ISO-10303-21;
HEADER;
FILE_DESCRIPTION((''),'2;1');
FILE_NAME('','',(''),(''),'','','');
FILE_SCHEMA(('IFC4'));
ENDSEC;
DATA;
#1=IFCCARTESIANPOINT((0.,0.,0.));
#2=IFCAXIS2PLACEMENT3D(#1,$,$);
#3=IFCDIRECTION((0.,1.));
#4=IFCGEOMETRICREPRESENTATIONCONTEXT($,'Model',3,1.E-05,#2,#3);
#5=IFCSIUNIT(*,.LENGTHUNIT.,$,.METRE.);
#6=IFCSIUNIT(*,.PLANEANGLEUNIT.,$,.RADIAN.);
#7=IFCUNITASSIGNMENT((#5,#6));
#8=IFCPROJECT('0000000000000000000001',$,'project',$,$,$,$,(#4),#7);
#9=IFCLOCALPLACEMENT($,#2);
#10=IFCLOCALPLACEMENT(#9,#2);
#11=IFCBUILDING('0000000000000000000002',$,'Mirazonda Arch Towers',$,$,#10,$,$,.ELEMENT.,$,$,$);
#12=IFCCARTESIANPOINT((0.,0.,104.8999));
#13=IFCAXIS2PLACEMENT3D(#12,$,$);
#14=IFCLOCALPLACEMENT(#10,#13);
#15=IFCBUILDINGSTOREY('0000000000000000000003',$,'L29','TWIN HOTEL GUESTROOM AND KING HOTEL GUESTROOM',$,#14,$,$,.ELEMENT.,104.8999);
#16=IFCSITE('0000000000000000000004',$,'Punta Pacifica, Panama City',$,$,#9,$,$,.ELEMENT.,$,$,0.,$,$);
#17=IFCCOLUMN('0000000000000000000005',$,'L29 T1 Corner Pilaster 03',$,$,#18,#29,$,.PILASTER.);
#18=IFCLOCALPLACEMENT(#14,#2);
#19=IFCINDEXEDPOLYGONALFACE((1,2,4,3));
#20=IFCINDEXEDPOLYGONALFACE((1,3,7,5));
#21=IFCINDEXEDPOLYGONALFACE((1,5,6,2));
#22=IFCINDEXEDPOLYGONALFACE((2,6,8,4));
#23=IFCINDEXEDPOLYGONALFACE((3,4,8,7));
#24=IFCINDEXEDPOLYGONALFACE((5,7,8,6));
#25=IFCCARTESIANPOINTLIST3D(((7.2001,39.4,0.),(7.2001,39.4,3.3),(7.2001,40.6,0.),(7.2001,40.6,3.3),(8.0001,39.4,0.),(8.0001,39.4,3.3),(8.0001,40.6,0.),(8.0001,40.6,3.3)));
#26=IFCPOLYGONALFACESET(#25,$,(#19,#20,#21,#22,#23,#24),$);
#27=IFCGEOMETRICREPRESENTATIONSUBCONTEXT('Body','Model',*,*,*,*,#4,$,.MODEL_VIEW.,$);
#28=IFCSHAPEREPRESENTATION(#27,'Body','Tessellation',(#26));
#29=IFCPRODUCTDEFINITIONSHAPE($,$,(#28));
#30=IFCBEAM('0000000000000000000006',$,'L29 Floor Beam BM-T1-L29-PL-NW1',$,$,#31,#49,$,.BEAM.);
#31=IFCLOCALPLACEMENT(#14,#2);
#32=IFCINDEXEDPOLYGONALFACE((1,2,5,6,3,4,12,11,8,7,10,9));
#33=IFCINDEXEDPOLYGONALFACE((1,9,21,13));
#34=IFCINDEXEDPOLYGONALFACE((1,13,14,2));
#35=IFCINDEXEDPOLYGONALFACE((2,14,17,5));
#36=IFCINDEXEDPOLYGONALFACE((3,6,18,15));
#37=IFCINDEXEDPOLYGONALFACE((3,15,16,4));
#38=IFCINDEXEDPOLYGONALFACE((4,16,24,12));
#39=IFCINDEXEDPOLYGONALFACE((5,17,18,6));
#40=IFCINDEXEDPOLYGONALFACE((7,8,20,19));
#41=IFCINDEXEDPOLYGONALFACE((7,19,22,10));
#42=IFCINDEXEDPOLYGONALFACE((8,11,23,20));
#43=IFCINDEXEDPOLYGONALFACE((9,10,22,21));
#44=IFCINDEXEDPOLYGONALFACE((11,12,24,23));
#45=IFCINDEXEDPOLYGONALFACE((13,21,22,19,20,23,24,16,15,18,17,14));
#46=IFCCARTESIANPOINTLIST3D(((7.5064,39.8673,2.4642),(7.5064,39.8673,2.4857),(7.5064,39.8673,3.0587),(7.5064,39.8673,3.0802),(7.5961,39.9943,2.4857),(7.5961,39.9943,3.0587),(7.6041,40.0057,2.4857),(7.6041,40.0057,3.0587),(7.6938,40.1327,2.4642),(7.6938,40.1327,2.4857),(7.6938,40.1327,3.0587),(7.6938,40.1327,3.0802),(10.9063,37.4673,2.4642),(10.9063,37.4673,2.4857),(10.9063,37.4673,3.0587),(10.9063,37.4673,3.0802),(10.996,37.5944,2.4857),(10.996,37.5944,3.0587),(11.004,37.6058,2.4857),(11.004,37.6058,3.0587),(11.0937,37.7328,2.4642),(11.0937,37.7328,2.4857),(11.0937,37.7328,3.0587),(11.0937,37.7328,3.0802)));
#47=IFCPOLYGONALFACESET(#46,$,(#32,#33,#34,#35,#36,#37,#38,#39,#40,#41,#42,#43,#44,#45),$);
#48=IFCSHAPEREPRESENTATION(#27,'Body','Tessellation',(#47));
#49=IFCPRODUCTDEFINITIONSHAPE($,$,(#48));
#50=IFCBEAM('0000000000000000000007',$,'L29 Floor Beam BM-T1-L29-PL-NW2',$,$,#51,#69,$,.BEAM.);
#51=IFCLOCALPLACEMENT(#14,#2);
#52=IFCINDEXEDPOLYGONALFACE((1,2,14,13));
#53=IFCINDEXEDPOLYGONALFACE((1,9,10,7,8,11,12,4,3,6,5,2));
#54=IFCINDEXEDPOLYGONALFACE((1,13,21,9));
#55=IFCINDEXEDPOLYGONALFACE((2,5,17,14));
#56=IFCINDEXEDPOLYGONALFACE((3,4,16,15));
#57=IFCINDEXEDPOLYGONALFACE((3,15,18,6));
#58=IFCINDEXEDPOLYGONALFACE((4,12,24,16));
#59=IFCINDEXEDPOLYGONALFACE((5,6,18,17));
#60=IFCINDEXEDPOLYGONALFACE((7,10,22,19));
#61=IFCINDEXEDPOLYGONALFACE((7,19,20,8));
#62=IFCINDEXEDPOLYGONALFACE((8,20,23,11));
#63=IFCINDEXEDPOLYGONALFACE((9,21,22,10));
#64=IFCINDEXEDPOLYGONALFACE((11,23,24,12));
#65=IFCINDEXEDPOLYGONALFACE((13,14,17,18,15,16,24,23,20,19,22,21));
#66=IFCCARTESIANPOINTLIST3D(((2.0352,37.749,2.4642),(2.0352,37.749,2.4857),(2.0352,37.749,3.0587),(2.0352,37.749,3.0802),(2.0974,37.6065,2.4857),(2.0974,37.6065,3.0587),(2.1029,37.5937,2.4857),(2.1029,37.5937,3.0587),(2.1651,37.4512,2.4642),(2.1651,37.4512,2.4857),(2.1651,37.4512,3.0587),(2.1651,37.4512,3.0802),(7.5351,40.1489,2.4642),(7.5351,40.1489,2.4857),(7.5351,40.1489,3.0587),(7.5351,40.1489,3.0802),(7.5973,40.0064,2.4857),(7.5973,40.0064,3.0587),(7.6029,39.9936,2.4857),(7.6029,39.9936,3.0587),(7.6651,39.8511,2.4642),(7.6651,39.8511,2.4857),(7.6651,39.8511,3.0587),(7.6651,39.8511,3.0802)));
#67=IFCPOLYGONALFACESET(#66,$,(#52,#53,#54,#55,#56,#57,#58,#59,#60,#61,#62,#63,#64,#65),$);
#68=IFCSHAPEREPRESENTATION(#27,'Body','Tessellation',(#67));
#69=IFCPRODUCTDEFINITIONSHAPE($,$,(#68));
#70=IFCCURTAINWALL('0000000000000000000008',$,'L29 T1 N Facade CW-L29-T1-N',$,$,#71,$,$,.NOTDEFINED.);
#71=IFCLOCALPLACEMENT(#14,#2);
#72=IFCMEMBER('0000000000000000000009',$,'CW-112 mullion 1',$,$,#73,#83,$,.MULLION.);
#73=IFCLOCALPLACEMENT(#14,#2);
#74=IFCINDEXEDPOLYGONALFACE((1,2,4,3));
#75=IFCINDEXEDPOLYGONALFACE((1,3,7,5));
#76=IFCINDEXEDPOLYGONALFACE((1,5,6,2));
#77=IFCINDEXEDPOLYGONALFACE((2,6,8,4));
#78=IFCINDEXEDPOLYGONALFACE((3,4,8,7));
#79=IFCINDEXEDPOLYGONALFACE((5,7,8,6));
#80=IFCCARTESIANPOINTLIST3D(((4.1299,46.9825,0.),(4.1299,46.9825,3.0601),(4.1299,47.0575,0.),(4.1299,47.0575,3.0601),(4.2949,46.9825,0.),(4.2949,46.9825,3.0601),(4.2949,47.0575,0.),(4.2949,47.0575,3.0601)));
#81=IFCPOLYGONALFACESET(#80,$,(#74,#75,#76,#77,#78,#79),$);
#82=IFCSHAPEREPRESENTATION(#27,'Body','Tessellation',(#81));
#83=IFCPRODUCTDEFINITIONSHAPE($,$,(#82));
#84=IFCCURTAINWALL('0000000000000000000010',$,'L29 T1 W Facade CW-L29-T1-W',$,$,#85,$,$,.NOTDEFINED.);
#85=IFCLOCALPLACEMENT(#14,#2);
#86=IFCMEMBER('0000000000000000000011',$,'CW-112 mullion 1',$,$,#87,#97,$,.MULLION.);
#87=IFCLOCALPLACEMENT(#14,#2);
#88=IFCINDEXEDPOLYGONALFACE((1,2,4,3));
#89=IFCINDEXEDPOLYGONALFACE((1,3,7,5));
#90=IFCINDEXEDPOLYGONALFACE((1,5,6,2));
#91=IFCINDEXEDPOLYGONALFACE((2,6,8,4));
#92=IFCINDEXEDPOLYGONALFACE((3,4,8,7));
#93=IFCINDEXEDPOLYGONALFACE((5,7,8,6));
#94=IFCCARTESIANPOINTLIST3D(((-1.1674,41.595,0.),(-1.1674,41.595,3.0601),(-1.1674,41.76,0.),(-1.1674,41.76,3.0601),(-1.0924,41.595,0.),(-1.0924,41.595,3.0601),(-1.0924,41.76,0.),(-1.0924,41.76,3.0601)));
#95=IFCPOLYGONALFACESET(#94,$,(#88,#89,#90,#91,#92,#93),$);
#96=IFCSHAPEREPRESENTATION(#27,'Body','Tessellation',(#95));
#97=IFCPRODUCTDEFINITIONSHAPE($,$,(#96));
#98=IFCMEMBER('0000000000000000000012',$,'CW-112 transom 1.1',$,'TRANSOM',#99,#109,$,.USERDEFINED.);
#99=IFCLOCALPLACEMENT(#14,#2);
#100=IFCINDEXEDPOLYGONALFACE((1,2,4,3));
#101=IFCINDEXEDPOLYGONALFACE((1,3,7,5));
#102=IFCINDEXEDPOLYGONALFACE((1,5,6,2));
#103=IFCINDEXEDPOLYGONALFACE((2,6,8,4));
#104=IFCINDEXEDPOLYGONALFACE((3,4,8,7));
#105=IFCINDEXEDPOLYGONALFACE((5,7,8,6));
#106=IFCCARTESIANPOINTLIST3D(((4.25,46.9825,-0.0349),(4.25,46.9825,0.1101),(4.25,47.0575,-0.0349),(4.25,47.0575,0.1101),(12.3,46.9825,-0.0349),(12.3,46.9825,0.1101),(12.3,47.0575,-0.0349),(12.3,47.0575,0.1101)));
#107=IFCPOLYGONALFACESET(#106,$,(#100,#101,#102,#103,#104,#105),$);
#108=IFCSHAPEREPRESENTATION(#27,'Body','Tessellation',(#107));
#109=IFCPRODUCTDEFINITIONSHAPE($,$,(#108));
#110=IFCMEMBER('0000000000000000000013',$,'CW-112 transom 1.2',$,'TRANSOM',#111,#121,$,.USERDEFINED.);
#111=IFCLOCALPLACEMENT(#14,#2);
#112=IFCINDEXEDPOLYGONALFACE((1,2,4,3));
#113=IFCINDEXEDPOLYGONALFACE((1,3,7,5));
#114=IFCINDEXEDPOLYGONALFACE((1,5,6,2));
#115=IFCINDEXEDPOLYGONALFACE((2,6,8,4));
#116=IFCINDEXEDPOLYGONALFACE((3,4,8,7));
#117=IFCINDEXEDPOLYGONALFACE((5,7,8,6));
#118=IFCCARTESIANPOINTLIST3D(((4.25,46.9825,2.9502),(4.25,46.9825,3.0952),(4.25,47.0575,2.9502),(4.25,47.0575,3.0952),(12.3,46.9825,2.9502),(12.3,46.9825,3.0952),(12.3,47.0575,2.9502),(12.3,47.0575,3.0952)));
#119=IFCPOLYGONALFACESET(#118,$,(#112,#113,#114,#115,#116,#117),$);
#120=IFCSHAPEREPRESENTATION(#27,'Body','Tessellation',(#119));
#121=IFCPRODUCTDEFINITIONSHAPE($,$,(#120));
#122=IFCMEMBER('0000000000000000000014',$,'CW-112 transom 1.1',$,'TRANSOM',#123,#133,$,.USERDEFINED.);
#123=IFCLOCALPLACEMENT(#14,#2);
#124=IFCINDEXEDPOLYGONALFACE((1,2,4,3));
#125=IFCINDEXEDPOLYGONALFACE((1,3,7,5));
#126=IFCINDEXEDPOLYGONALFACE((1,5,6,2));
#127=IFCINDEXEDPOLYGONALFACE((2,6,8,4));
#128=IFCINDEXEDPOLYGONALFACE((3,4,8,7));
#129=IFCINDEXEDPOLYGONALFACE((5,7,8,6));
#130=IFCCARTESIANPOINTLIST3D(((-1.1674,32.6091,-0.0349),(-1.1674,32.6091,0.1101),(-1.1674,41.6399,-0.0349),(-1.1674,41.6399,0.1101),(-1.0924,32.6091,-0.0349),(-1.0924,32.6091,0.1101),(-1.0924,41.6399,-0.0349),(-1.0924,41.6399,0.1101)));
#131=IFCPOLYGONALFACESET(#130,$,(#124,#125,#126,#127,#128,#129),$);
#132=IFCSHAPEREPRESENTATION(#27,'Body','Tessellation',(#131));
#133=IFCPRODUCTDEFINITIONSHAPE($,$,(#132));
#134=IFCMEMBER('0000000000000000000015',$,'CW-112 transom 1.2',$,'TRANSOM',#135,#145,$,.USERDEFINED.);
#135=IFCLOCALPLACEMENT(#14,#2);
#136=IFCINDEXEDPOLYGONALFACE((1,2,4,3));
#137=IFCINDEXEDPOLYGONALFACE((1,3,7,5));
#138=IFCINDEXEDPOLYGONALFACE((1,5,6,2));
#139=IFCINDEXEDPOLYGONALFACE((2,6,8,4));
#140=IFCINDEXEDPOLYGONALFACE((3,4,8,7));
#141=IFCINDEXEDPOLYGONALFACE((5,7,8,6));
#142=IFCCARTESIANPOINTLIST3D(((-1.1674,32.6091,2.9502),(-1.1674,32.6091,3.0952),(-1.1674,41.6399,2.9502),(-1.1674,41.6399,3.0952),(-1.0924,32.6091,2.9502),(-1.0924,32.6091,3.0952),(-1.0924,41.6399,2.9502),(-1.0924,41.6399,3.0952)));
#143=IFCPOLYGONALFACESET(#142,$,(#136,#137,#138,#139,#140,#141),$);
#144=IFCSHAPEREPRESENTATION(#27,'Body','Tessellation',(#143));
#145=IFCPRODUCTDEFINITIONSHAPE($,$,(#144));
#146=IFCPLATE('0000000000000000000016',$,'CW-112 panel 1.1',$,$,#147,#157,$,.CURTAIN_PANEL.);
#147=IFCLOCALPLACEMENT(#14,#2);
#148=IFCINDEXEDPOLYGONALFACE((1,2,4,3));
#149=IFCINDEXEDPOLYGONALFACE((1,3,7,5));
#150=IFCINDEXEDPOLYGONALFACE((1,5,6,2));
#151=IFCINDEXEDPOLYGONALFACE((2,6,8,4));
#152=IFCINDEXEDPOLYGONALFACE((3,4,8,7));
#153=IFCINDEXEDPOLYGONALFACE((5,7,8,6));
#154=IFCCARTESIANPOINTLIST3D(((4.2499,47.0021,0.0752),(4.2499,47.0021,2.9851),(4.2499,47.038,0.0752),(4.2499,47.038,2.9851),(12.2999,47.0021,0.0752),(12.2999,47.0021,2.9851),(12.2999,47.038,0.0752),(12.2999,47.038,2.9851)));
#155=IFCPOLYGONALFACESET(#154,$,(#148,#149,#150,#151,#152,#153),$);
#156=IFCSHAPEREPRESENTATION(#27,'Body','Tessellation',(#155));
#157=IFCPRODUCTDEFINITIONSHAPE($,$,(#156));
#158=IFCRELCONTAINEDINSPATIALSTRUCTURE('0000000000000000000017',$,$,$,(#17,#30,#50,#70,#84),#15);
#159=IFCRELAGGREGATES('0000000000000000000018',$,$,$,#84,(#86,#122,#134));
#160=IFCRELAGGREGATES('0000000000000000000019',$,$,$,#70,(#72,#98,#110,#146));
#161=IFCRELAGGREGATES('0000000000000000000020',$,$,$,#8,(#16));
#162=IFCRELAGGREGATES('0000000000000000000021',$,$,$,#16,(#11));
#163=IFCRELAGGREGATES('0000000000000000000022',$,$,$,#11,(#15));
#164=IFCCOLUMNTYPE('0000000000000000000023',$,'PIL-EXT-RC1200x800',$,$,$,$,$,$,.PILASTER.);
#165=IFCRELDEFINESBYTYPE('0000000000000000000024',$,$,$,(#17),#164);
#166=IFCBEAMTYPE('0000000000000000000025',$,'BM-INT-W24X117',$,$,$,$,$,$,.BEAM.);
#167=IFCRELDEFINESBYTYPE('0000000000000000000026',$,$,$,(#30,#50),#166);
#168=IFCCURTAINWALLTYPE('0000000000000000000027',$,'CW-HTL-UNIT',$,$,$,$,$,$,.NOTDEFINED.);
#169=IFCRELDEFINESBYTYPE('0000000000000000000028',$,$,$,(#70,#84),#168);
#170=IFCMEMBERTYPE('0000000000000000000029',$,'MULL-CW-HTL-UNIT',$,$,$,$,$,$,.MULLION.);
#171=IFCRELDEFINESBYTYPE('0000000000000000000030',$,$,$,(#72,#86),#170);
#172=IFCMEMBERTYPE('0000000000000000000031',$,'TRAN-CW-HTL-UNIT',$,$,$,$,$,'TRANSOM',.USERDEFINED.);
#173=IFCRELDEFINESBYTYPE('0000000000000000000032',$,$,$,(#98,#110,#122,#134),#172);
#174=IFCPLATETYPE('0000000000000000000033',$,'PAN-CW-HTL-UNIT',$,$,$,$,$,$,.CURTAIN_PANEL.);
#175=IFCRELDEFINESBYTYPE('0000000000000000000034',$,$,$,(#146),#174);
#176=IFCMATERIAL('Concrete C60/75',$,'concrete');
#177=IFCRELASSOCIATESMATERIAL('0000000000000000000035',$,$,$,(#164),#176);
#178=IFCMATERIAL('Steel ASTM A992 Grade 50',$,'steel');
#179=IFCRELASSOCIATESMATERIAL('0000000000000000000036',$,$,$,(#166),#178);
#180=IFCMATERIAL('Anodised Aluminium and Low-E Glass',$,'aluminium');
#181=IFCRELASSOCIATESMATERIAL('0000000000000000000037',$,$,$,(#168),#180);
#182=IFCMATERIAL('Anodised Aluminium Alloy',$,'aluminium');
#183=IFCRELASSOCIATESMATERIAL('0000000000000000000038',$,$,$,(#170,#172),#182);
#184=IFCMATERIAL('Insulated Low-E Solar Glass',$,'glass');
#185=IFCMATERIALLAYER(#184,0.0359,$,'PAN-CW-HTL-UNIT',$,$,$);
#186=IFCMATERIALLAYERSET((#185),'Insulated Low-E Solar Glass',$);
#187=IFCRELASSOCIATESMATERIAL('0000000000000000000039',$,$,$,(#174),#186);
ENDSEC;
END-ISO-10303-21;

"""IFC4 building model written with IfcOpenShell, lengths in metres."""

from ifc_helpers import new_model, si_unit, direction, frame, origin, origin_2d, place, context, subcontext, project, spatial, rectangle, i_section, extrude, material, layer, layer_set, material_profile, profile_set, type_object, element, aggregate, save


model = new_model("IFC4")

# Units and contexts
model_context = context("Model", 3, precision=1e-05, world=origin(), true_north=direction((0.0, 1.0)))
body_context = subcontext(model_context, "Body", "Model", "MODEL_VIEW")
ifc_project = project(units=[si_unit("LENGTHUNIT", "METRE"), si_unit("PLANEANGLEUNIT", "RADIAN")], contexts=[model_context])

# Site, building, storey
site_placement = place(None, origin())
site = spatial("IfcSite", under=ifc_project, at=site_placement, Name="Punta Pacifica, Panama City", CompositionType="ELEMENT", RefElevation=0.0)
building_placement = place(site_placement, origin())
building = spatial("IfcBuilding", under=site, at=building_placement, Name="Mirazonda Arch Towers", CompositionType="ELEMENT")
storey_placement = place(building_placement, frame((0.0, 0.0, 104.8999)))
storey = spatial("IfcBuildingStorey", under=building, at=storey_placement, Name="L29", Description="TWIN HOTEL GUESTROOM AND KING HOTEL GUESTROOM", CompositionType="ELEMENT", Elevation=104.8999)

# Column
ifc_material_1 = material(Name="Concrete C60/75", Category="concrete")
ifc_material_profile_1 = material_profile(ifc_material_1, rectangle(XDim=0.8, YDim=1.2, at=origin_2d()), Name="RC1200x800")
ifc_profile_set_1 = profile_set([ifc_material_profile_1], Name="Concrete C60/75")
column_type = type_object("IfcColumnType", Name="PIL-EXT-RC1200x800", PredefinedType="PILASTER", material=ifc_profile_set_1)
column_placement = place(storey_placement, frame((7.6001, 40.0, 0.0), z_axis=(0.0, 0.0, 1.0), x_axis=(1.0, 0.0, 0.0)))
element("IfcColumn", 1, at=column_placement, inside=storey, type_object=column_type, Name="L29 T1 Corner Pilaster 03", PredefinedType="PILASTER", context=body_context, shape_type="SweptSolid", body=[
    extrude(rectangle(XDim=0.8, YDim=1.2, at=origin_2d()), origin(), (0.0, 0.0, 1.0), 3.3),
])

# Beams
ifc_material_2 = material(Name="Steel ASTM A992 Grade 50", Category="steel")
ifc_material_profile_2 = material_profile(ifc_material_2, i_section(OverallWidth=0.325, OverallDepth=0.616, WebThickness=0.0139, FlangeThickness=0.0215, at=origin_2d()), Name="W24X117")
ifc_profile_set_2 = profile_set([ifc_material_profile_2], Name="Steel ASTM A992 Grade 50")
beam_type = type_object("IfcBeamType", Name="BM-INT-W24X117", PredefinedType="BEAM", material=ifc_profile_set_2)
beam_1_placement = place(storey_placement, frame((7.6001, 40.0, 2.7722), z_axis=(0.816971, -0.576679, 0.0), x_axis=(0.576679, 0.816971, 0.0)))
element("IfcBeam", 2, at=beam_1_placement, inside=storey, type_object=beam_type, Name="L29 Floor Beam BM-T1-L29-PL-NW1", PredefinedType="BEAM", context=body_context, shape_type="SweptSolid", body=[
    extrude(i_section(OverallWidth=0.325, OverallDepth=0.616, WebThickness=0.0139, FlangeThickness=0.0215, at=origin_2d()), origin(), (0.0, 0.0, 1.0), 4.1616),
])
beam_2_placement = place(storey_placement, frame((7.6001, 40.0, 2.7722), z_axis=(-0.916545, -0.399931, 0.0), x_axis=(0.399931, -0.916545, 0.0)))
element("IfcBeam", 3, at=beam_2_placement, inside=storey, type_object=beam_type, Name="L29 Floor Beam BM-T1-L29-PL-NW2", PredefinedType="BEAM", context=body_context, shape_type="SweptSolid", body=[
    extrude(i_section(OverallWidth=0.325, OverallDepth=0.616, WebThickness=0.0139, FlangeThickness=0.0215, at=origin_2d()), origin(), (0.0, 0.0, 1.0), 6.0007),
])

# Curtain walls, members
ifc_material_3 = material(Name="Anodised Aluminium and Low-E Glass", Category="aluminium")
curtain_wall_type = type_object("IfcCurtainWallType", Name="CW-HTL-UNIT", PredefinedType="NOTDEFINED", material=ifc_material_3)
curtain_wall_1_placement = place(storey_placement, origin())
curtain_wall_1 = element("IfcCurtainWall", 4, at=curtain_wall_1_placement, inside=storey, type_object=curtain_wall_type, Name="L29 T1 N Facade CW-L29-T1-N", PredefinedType="NOTDEFINED")
ifc_material_4 = material(Name="Anodised Aluminium Alloy", Category="aluminium")
ifc_material_profile_3 = material_profile(ifc_material_4, rectangle(XDim=0.075, YDim=0.165, at=origin_2d()), Name="ALU-MULL-75x165")
ifc_profile_set_3 = profile_set([ifc_material_profile_3], Name="Anodised Aluminium Alloy")
member_type_1 = type_object("IfcMemberType", Name="MULL-CW-HTL-UNIT", PredefinedType="MULLION", material=ifc_profile_set_3)
member_1_placement = place(storey_placement, frame((4.2124, 47.02, 0.0), z_axis=(0.0, 0.0, 1.0), x_axis=(0.0, 1.0, 0.0)))
member_1 = element("IfcMember", 5, at=member_1_placement, type_object=member_type_1, Name="CW-112 mullion 1", PredefinedType="MULLION", context=body_context, shape_type="SweptSolid", body=[
    extrude(rectangle(XDim=0.075, YDim=0.165, at=origin_2d()), origin(), (0.0, 0.0, 1.0), 3.0601),
])
curtain_wall_2_placement = place(storey_placement, origin())
curtain_wall_2 = element("IfcCurtainWall", 6, at=curtain_wall_2_placement, inside=storey, type_object=curtain_wall_type, Name="L29 T1 W Facade CW-L29-T1-W", PredefinedType="NOTDEFINED")
member_2_placement = place(storey_placement, frame((-1.1299, 41.6775, 0.0), z_axis=(0.0, 0.0, 1.0), x_axis=(1.0, 0.0, 0.0)))
member_2 = element("IfcMember", 7, at=member_2_placement, type_object=member_type_1, Name="CW-112 mullion 1", PredefinedType="MULLION", context=body_context, shape_type="SweptSolid", body=[
    extrude(rectangle(XDim=0.075, YDim=0.165, at=origin_2d()), origin(), (0.0, 0.0, 1.0), 3.0601),
])

# Members
ifc_material_profile_4 = material_profile(ifc_material_4, rectangle(XDim=0.075, YDim=0.145, at=origin_2d()), Name="ALU-TRAN-75x145")
ifc_profile_set_4 = profile_set([ifc_material_profile_4], Name="Anodised Aluminium Alloy")
member_type_2 = type_object("IfcMemberType", Name="TRAN-CW-HTL-UNIT", ElementType="TRANSOM", PredefinedType="USERDEFINED", material=ifc_profile_set_4)
member_3_placement = place(storey_placement, frame((4.25, 47.02, 0.0376), z_axis=(1.0, 0.0, 0.0), x_axis=(0.0, 1.0, 0.0)))
member_3 = element("IfcMember", 8, at=member_3_placement, type_object=member_type_2, Name="CW-112 transom 1.1", ObjectType="TRANSOM", PredefinedType="USERDEFINED", context=body_context, shape_type="SweptSolid", body=[
    extrude(rectangle(XDim=0.075, YDim=0.145, at=origin_2d()), origin(), (0.0, 0.0, 1.0), 8.05),
])
member_4_placement = place(storey_placement, frame((4.25, 47.02, 3.0227), z_axis=(1.0, 0.0, 0.0), x_axis=(0.0, 1.0, 0.0)))
member_4 = element("IfcMember", 9, at=member_4_placement, type_object=member_type_2, Name="CW-112 transom 1.2", ObjectType="TRANSOM", PredefinedType="USERDEFINED", context=body_context, shape_type="SweptSolid", body=[
    extrude(rectangle(XDim=0.075, YDim=0.145, at=origin_2d()), origin(), (0.0, 0.0, 1.0), 8.05),
])
member_5_placement = place(storey_placement, frame((-1.1299, 41.6399, 0.0376), z_axis=(0.0, -1.0, 0.0), x_axis=(1.0, 0.0, 0.0)))
member_5 = element("IfcMember", 10, at=member_5_placement, type_object=member_type_2, Name="CW-112 transom 1.1", ObjectType="TRANSOM", PredefinedType="USERDEFINED", context=body_context, shape_type="SweptSolid", body=[
    extrude(rectangle(XDim=0.075, YDim=0.145, at=origin_2d()), origin(), (0.0, 0.0, 1.0), 9.0308),
])
member_6_placement = place(storey_placement, frame((-1.1299, 41.6399, 3.0227), z_axis=(0.0, -1.0, 0.0), x_axis=(1.0, 0.0, 0.0)))
member_6 = element("IfcMember", 11, at=member_6_placement, type_object=member_type_2, Name="CW-112 transom 1.2", ObjectType="TRANSOM", PredefinedType="USERDEFINED", context=body_context, shape_type="SweptSolid", body=[
    extrude(rectangle(XDim=0.075, YDim=0.145, at=origin_2d()), origin(), (0.0, 0.0, 1.0), 9.0308),
])
aggregate(curtain_wall_2, [member_2, member_5, member_6])

# Plate
ifc_material_5 = material(Name="Insulated Low-E Solar Glass", Category="glass")
ifc_layer_1 = layer(ifc_material_5, 0.0359, Name="PAN-CW-HTL-UNIT")
ifc_layer_set_1 = layer_set([ifc_layer_1], Name="Insulated Low-E Solar Glass")
plate_type = type_object("IfcPlateType", Name="PAN-CW-HTL-UNIT", PredefinedType="CURTAIN_PANEL", material=ifc_layer_set_1)
plate_placement = place(storey_placement, frame((8.2749, 47.02, 0.0752), z_axis=(0.0, 0.0, 1.0), x_axis=(1.0, 0.0, 0.0)))
plate = element("IfcPlate", 12, at=plate_placement, type_object=plate_type, Name="CW-112 panel 1.1", PredefinedType="CURTAIN_PANEL", context=body_context, shape_type="SweptSolid", body=[
    extrude(rectangle(XDim=8.05, YDim=0.0359, at=origin_2d()), origin(), (0.0, 0.0, 1.0), 2.9099),
])
aggregate(curtain_wall_1, [member_1, member_3, member_4, plate])

save(model, "model.ifc")
